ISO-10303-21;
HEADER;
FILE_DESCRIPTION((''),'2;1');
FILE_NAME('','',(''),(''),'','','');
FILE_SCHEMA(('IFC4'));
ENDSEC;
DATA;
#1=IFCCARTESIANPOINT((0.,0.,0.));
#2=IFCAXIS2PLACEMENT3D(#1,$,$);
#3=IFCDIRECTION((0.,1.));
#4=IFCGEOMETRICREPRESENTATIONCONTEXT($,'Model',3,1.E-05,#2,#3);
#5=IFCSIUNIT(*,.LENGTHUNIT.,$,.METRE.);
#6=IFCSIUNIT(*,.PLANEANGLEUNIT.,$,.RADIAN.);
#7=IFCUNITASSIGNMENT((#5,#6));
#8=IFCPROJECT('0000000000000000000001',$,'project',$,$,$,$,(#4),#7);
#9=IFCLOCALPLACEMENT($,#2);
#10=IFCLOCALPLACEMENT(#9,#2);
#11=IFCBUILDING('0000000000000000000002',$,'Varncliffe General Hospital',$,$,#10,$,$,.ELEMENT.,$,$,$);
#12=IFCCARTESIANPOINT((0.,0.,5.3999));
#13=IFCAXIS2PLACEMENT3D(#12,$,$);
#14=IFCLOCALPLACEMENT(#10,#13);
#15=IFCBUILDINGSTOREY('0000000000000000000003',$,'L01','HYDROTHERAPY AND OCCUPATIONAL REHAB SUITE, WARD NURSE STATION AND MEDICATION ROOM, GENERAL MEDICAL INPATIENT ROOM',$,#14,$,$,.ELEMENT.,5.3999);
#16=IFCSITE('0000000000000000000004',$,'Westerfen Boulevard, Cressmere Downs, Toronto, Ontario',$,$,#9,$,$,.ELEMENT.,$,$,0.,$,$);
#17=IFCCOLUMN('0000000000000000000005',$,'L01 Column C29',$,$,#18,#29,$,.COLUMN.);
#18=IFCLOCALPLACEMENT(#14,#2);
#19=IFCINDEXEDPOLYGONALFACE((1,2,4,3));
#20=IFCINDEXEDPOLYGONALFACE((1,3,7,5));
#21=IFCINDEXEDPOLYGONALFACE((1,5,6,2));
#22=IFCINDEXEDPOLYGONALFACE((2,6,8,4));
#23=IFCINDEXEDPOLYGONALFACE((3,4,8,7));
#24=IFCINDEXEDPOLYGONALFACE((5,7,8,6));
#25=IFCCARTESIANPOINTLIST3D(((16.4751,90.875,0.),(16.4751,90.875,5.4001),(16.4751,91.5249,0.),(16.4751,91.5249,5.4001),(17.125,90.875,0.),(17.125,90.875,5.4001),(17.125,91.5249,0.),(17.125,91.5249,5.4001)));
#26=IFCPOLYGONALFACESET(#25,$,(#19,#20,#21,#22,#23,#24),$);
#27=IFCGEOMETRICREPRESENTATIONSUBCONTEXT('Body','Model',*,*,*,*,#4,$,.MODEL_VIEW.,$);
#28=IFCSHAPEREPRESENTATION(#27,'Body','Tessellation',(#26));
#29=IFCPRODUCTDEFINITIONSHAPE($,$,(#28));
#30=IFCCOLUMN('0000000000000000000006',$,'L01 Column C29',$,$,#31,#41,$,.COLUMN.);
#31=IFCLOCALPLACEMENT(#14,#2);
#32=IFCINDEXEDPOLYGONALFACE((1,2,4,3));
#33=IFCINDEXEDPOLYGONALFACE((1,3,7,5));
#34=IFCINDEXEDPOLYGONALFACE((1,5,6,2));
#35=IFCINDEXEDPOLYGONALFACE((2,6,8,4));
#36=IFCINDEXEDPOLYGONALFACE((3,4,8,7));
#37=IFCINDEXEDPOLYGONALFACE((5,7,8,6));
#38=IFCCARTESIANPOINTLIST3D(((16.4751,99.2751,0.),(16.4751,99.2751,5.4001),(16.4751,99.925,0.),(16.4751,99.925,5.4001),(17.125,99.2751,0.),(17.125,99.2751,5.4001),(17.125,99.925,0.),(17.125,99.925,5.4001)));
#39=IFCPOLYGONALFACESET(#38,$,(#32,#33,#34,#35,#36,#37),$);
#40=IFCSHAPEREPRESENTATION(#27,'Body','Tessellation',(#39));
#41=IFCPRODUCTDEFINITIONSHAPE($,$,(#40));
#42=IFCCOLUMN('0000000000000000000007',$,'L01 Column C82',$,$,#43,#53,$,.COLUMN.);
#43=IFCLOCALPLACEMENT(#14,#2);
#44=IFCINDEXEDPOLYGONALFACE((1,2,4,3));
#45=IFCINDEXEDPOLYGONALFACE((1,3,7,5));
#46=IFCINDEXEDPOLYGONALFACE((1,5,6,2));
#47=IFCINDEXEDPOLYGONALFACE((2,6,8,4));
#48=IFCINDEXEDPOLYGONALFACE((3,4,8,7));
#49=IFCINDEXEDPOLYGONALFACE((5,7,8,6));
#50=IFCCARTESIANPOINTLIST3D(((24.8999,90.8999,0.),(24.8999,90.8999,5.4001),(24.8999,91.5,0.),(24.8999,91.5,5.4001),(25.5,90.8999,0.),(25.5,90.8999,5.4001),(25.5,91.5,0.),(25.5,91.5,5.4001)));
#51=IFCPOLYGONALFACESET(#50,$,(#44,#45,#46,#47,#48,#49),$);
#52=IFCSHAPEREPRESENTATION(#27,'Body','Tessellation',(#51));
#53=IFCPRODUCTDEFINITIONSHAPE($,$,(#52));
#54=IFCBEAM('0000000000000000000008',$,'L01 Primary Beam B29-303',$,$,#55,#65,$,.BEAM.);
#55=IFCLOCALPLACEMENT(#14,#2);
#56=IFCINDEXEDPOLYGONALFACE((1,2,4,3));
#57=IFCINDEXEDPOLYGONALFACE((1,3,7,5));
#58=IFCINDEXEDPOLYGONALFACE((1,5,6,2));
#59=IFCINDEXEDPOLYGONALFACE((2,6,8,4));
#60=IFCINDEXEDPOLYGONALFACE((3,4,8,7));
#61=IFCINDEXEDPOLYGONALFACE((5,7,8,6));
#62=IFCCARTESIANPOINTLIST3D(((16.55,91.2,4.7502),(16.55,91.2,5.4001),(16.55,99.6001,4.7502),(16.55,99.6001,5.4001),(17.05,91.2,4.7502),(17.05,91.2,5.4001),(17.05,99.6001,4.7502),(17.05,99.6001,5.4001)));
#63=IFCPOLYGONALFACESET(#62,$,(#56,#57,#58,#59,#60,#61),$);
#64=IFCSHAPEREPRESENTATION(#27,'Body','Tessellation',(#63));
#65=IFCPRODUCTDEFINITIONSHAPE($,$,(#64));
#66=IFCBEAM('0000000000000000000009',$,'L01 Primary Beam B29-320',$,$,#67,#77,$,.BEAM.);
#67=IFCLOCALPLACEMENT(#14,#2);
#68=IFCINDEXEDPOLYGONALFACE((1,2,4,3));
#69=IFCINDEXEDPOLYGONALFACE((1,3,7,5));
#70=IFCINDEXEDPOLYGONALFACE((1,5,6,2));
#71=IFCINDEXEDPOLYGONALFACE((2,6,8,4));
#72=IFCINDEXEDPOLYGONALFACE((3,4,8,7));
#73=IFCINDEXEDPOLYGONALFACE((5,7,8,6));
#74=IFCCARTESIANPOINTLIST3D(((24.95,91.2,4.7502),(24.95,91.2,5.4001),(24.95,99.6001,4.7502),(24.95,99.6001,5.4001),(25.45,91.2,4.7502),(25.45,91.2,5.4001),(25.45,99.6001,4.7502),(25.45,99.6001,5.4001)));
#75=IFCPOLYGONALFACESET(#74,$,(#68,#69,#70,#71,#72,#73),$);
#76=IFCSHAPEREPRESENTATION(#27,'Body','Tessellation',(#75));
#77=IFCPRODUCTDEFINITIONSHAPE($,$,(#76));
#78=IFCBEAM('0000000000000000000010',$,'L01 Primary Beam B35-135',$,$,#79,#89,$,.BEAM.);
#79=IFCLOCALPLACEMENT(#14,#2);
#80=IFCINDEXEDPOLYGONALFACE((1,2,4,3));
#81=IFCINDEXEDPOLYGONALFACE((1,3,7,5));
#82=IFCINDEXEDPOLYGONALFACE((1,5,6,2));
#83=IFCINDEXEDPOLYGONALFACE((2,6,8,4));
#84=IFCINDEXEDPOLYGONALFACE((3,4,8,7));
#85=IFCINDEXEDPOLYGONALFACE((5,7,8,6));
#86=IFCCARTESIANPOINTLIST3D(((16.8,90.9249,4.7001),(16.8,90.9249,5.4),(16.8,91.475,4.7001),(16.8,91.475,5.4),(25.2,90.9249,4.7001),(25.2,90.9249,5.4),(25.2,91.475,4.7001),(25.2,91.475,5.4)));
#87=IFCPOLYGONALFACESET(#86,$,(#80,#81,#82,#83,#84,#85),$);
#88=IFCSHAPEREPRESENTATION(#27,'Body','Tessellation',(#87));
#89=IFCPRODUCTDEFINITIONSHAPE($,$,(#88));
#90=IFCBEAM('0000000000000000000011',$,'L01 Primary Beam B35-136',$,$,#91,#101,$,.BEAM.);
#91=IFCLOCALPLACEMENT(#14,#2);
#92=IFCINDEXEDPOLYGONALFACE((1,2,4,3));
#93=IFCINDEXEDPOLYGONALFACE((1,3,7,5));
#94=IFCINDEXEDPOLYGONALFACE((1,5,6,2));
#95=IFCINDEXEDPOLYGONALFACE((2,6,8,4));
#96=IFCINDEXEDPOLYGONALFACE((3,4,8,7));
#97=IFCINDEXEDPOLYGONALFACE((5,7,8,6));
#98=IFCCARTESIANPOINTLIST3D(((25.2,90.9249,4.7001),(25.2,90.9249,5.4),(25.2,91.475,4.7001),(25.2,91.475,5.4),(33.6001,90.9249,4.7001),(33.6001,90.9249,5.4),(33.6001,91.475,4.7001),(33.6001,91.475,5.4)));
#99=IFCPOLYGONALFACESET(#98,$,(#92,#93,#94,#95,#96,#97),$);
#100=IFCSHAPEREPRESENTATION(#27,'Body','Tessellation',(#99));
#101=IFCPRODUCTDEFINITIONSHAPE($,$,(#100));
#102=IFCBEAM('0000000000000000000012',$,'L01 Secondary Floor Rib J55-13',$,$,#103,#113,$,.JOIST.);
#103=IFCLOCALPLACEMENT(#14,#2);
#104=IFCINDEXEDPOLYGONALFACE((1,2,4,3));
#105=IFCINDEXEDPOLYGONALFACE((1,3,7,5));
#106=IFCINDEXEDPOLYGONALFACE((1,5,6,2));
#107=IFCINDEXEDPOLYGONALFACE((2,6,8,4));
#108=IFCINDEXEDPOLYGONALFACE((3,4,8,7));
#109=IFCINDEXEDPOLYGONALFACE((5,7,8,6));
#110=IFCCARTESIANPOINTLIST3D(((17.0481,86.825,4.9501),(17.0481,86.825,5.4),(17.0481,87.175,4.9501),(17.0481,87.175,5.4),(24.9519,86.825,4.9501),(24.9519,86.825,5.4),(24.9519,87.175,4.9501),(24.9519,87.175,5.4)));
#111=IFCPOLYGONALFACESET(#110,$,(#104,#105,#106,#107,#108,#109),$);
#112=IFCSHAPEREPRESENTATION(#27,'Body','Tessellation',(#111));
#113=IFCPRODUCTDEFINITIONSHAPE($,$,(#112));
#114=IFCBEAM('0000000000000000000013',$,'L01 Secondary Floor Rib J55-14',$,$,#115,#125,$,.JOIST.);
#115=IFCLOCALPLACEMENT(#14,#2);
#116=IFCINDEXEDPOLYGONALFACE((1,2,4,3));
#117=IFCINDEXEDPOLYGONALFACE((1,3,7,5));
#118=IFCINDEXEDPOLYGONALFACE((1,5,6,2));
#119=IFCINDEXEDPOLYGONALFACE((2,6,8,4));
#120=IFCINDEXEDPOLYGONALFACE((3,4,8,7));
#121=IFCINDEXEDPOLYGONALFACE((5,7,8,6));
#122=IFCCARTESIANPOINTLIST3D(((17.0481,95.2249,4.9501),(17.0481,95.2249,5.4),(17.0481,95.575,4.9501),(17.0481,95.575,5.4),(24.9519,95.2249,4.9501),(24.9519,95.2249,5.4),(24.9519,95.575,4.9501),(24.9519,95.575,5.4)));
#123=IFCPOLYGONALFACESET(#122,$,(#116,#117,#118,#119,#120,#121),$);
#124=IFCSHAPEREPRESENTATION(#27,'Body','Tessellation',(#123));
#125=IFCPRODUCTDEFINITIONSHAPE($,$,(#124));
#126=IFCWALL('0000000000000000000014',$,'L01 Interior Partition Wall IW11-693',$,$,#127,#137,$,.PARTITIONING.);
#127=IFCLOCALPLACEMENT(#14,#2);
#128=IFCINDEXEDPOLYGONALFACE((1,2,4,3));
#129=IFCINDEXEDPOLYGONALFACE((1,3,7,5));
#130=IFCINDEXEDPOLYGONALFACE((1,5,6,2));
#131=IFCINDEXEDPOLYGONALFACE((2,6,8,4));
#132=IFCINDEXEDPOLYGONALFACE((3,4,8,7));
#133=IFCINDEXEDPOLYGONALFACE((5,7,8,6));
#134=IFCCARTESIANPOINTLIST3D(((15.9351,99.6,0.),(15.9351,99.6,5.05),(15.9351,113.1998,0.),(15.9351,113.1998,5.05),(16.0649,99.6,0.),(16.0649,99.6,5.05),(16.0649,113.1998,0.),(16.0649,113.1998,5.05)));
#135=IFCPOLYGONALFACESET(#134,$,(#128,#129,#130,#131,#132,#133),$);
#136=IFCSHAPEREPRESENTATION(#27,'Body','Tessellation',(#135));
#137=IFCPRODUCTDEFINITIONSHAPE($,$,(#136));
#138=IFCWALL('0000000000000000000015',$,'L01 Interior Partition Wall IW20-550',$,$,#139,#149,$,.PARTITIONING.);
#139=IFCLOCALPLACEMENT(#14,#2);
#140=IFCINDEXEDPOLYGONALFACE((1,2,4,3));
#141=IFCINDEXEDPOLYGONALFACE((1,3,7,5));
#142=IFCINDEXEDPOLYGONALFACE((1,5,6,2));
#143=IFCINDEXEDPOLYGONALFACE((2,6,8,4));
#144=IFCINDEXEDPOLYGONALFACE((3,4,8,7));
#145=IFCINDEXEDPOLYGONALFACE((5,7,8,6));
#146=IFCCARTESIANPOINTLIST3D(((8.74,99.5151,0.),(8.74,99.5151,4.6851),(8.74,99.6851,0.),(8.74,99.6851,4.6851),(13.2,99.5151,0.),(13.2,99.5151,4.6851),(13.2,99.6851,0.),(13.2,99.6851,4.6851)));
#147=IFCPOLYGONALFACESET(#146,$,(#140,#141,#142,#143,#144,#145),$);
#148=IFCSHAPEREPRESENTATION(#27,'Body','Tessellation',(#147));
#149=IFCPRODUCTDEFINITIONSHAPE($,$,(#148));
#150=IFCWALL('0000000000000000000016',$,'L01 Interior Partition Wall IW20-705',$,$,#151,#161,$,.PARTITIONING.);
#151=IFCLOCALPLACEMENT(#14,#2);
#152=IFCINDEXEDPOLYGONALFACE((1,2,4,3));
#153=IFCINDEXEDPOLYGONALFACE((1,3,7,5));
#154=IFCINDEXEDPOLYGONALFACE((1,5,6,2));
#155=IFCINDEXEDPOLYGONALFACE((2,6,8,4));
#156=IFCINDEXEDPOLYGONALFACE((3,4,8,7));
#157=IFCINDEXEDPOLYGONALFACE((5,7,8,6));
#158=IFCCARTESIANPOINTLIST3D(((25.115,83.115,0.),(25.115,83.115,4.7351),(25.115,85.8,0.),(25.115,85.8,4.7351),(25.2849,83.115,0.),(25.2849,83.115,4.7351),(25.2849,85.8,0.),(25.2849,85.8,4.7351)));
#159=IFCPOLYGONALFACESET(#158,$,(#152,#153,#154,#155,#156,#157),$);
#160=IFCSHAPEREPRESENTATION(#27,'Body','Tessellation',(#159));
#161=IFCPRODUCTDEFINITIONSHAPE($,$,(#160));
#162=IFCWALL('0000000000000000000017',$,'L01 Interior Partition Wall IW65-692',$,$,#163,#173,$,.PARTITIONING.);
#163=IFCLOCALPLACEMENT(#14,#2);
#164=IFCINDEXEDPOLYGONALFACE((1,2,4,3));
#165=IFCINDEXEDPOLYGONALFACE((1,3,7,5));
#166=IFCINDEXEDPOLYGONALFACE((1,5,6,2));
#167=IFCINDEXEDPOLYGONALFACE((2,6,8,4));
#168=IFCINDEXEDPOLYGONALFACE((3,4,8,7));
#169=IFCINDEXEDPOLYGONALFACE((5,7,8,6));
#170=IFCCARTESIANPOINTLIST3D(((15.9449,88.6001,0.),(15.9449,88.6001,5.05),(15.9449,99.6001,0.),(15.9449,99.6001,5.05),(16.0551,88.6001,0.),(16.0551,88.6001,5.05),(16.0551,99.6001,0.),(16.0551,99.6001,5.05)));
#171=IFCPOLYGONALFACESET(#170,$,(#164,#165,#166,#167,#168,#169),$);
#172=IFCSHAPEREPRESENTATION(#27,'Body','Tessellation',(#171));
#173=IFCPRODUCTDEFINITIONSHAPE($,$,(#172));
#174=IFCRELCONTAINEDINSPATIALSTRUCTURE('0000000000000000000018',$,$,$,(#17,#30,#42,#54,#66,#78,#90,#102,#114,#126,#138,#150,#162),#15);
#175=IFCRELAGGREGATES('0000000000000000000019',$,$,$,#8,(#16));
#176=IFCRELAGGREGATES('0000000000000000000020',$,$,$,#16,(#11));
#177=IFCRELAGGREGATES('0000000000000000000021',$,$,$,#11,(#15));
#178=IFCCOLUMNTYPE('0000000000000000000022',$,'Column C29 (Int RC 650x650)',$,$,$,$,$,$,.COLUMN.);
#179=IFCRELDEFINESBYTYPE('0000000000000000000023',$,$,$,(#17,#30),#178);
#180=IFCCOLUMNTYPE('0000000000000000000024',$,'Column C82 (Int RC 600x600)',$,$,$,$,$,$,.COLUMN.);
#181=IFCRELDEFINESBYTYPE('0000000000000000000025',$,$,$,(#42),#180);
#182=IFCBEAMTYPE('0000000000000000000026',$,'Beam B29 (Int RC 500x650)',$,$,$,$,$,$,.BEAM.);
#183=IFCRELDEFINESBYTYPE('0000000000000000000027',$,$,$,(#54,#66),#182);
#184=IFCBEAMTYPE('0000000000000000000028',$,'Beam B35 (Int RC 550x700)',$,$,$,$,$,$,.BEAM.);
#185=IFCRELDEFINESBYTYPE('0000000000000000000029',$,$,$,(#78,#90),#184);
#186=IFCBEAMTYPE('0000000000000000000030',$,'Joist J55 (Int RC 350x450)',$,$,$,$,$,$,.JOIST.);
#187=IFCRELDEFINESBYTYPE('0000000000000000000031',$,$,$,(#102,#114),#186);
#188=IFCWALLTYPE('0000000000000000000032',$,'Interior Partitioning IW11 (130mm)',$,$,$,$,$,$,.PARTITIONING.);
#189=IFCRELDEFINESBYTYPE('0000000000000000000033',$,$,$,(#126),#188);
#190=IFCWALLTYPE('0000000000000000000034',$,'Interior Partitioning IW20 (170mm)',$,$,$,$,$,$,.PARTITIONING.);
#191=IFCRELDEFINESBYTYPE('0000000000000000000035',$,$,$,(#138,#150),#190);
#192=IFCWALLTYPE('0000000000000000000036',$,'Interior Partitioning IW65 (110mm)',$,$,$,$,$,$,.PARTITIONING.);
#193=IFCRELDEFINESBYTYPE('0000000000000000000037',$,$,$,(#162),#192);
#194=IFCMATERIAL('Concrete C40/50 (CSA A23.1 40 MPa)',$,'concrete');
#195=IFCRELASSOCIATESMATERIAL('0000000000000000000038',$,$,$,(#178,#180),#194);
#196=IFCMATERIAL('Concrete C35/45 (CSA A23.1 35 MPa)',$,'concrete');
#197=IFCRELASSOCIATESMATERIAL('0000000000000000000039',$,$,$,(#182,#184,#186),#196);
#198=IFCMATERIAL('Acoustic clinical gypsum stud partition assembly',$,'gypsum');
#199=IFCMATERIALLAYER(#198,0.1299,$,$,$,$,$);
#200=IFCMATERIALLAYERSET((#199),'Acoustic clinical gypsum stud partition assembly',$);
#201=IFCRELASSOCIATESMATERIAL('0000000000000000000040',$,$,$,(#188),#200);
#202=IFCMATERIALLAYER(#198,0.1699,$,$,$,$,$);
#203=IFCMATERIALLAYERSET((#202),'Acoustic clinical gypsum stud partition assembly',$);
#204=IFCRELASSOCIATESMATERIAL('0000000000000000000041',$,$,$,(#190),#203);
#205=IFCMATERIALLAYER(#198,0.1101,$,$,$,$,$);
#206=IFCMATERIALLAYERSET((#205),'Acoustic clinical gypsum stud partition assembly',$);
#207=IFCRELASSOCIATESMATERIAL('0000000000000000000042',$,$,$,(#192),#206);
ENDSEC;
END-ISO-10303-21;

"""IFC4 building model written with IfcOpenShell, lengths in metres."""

from ifc_helpers import new_model, si_unit, direction, frame, frame_2d, origin, origin_2d, place, context, subcontext, project, spatial, rectangle, extrude, material, layer, layer_set, material_profile, profile_set, type_object, element, save


model = new_model("IFC4")

# Units and contexts
model_context = context("Model", 3, precision=1e-05, world=origin(), true_north=direction((0.0, 1.0)))
body_context = subcontext(model_context, "Body", "Model", "MODEL_VIEW")
ifc_project = project(units=[si_unit("LENGTHUNIT", "METRE"), si_unit("PLANEANGLEUNIT", "RADIAN")], contexts=[model_context])

# Site, building, storey
site_placement = place(None, origin())
site = spatial("IfcSite", under=ifc_project, at=site_placement, Name="Westerfen Boulevard, Cressmere Downs, Toronto, Ontario", CompositionType="ELEMENT", RefElevation=0.0)
building_placement = place(site_placement, origin())
building = spatial("IfcBuilding", under=site, at=building_placement, Name="Varncliffe General Hospital", CompositionType="ELEMENT")
storey_placement = place(building_placement, frame((0.0, 0.0, 5.3999)))
storey = spatial("IfcBuildingStorey", under=building, at=storey_placement, Name="L01", Description="HYDROTHERAPY AND OCCUPATIONAL REHAB SUITE, WARD NURSE STATION AND MEDICATION ROOM, GENERAL MEDICAL INPATIENT ROOM", CompositionType="ELEMENT", Elevation=5.3999)

# Columns
ifc_material_1 = material(Name="Concrete C40/50 (CSA A23.1 40 MPa)", Category="concrete")
ifc_material_profile_1 = material_profile(ifc_material_1, rectangle(XDim=0.6499, YDim=0.6499, at=origin_2d()), Name="RC 650x650")
ifc_profile_set_1 = profile_set([ifc_material_profile_1], Name="Concrete C40/50 (CSA A23.1 40 MPa)")
column_type_1 = type_object("IfcColumnType", Name="Column C29 (Int RC 650x650)", PredefinedType="COLUMN", material=ifc_profile_set_1)
for number, where, z_axis, x_axis, name in (
    (1, (16.8, 91.2, 0.0), (0.0, 0.0, 1.0), (1.0, 0.0, 0.0), "L01 Column C29"),
    (2, (16.8, 99.6001, 0.0), (0.0, 0.0, 1.0), (1.0, 0.0, 0.0), "L01 Column C29"),
):
    element("IfcColumn", number, at=place(storey_placement, frame(where, z_axis=z_axis, x_axis=x_axis)), inside=storey, type_object=column_type_1, Name=name, PredefinedType="COLUMN", context=body_context, shape_type="SweptSolid", body=[
        extrude(rectangle(XDim=0.6499, YDim=0.6499, at=origin_2d()), origin(), (0.0, 0.0, 1.0), 5.4001),
    ])
ifc_material_profile_2 = material_profile(ifc_material_1, rectangle(XDim=0.6001, YDim=0.6001, at=origin_2d()), Name="RC 600x600")
ifc_profile_set_2 = profile_set([ifc_material_profile_2], Name="Concrete C40/50 (CSA A23.1 40 MPa)")
column_type_2 = type_object("IfcColumnType", Name="Column C82 (Int RC 600x600)", PredefinedType="COLUMN", material=ifc_profile_set_2)
column_placement = place(storey_placement, frame((25.2, 91.2, 0.0), z_axis=(0.0, 0.0, 1.0), x_axis=(1.0, 0.0, 0.0)))
element("IfcColumn", 3, at=column_placement, inside=storey, type_object=column_type_2, Name="L01 Column C82", PredefinedType="COLUMN", context=body_context, shape_type="SweptSolid", body=[
    extrude(rectangle(XDim=0.6001, YDim=0.6001, at=origin_2d()), origin(), (0.0, 0.0, 1.0), 5.4001),
])

# Beams
ifc_material_2 = material(Name="Concrete C35/45 (CSA A23.1 35 MPa)", Category="concrete")
ifc_material_profile_3 = material_profile(ifc_material_2, rectangle(XDim=0.5, YDim=0.6499, at=origin_2d()), Name="RC 500x650")
ifc_profile_set_3 = profile_set([ifc_material_profile_3], Name="Concrete C35/45 (CSA A23.1 35 MPa)")
beam_type_1 = type_object("IfcBeamType", Name="Beam B29 (Int RC 500x650)", PredefinedType="BEAM", material=ifc_profile_set_3)
for number, where, z_axis, x_axis, name in (
    (4, (16.8, 91.2, 5.0752), (0.0, 1.0, 0.0), (-1.0, 0.0, 0.0), "L01 Primary Beam B29-303"),
    (5, (25.2, 91.2, 5.0752), (0.0, 1.0, 0.0), (-1.0, 0.0, 0.0), "L01 Primary Beam B29-320"),
):
    element("IfcBeam", number, at=place(storey_placement, frame(where, z_axis=z_axis, x_axis=x_axis)), inside=storey, type_object=beam_type_1, Name=name, PredefinedType="BEAM", context=body_context, shape_type="SweptSolid", body=[
        extrude(rectangle(XDim=0.5, YDim=0.6499, at=origin_2d()), origin(), (0.0, 0.0, 1.0), 8.4001),
    ])
ifc_material_profile_4 = material_profile(ifc_material_2, rectangle(XDim=0.55, YDim=0.7, at=origin_2d()), Name="RC 550x700")
ifc_profile_set_4 = profile_set([ifc_material_profile_4], Name="Concrete C35/45 (CSA A23.1 35 MPa)")
beam_type_2 = type_object("IfcBeamType", Name="Beam B35 (Int RC 550x700)", PredefinedType="BEAM", material=ifc_profile_set_4)
beam_1_placement = place(storey_placement, frame((16.8, 91.2, 5.05), z_axis=(1.0, 0.0, 0.0), x_axis=(0.0, 1.0, 0.0)))
element("IfcBeam", 6, at=beam_1_placement, inside=storey, type_object=beam_type_2, Name="L01 Primary Beam B35-135", PredefinedType="BEAM", context=body_context, shape_type="SweptSolid", body=[
    extrude(rectangle(XDim=0.55, YDim=0.7, at=origin_2d()), origin(), (0.0, 0.0, 1.0), 8.3999),
])
beam_2_placement = place(storey_placement, frame((25.2, 91.2, 5.05), z_axis=(1.0, 0.0, 0.0), x_axis=(0.0, 1.0, 0.0)))
element("IfcBeam", 7, at=beam_2_placement, inside=storey, type_object=beam_type_2, Name="L01 Primary Beam B35-136", PredefinedType="BEAM", context=body_context, shape_type="SweptSolid", body=[
    extrude(rectangle(XDim=0.55, YDim=0.7, at=origin_2d()), origin(), (0.0, 0.0, 1.0), 8.4001),
])
ifc_material_profile_5 = material_profile(ifc_material_2, rectangle(XDim=0.3501, YDim=0.45, at=origin_2d()), Name="RC 350x450")
ifc_profile_set_5 = profile_set([ifc_material_profile_5], Name="Concrete C35/45 (CSA A23.1 35 MPa)")
beam_type_3 = type_object("IfcBeamType", Name="Joist J55 (Int RC 350x450)", PredefinedType="JOIST", material=ifc_profile_set_5)
for number, where, z_axis, x_axis, name in (
    (8, (17.0481, 87.0, 5.175), (1.0, 0.0, 0.0), (0.0, 1.0, 0.0), "L01 Secondary Floor Rib J55-13"),
    (9, (17.0481, 95.3999, 5.175), (1.0, 0.0, 0.0), (0.0, 1.0, 0.0), "L01 Secondary Floor Rib J55-14"),
):
    element("IfcBeam", number, at=place(storey_placement, frame(where, z_axis=z_axis, x_axis=x_axis)), inside=storey, type_object=beam_type_3, Name=name, PredefinedType="JOIST", context=body_context, shape_type="SweptSolid", body=[
        extrude(rectangle(XDim=0.3501, YDim=0.45, at=origin_2d()), origin(), (0.0, 0.0, 1.0), 7.9038),
    ])

# Walls
ifc_material_3 = material(Name="Acoustic clinical gypsum stud partition assembly", Category="gypsum")
ifc_layer_1 = layer(ifc_material_3, 0.1299)
ifc_layer_set_1 = layer_set([ifc_layer_1], Name="Acoustic clinical gypsum stud partition assembly")
wall_type_1 = type_object("IfcWallType", Name="Interior Partitioning IW11 (130mm)", PredefinedType="PARTITIONING", material=ifc_layer_set_1)
wall_1_placement = place(storey_placement, frame((16.0, 99.6001, 0.0), z_axis=(0.0, 0.0, 1.0), x_axis=(0.0, 1.0, 0.0)))
element("IfcWall", 10, at=wall_1_placement, inside=storey, type_object=wall_type_1, Name="L01 Interior Partition Wall IW11-693", PredefinedType="PARTITIONING", context=body_context, shape_type="SweptSolid", body=[
    extrude(rectangle(XDim=13.5999, YDim=0.1299, at=frame_2d((6.7998, 0.0))), origin(), (0.0, 0.0, 1.0), 5.05),
])
ifc_layer_2 = layer(ifc_material_3, 0.1699)
ifc_layer_set_2 = layer_set([ifc_layer_2], Name="Acoustic clinical gypsum stud partition assembly")
wall_type_2 = type_object("IfcWallType", Name="Interior Partitioning IW20 (170mm)", PredefinedType="PARTITIONING", material=ifc_layer_set_2)
wall_2_placement = place(storey_placement, frame((8.74, 99.6001, 0.0), z_axis=(0.0, 0.0, 1.0), x_axis=(1.0, 0.0, 0.0)))
element("IfcWall", 11, at=wall_2_placement, inside=storey, type_object=wall_type_2, Name="L01 Interior Partition Wall IW20-550", PredefinedType="PARTITIONING", context=body_context, shape_type="SweptSolid", body=[
    extrude(rectangle(XDim=4.46, YDim=0.1699, at=frame_2d((2.23, 0.0))), origin(), (0.0, 0.0, 1.0), 4.6851),
])
wall_3_placement = place(storey_placement, frame((25.2, 83.115, 0.0), z_axis=(0.0, 0.0, 1.0), x_axis=(0.0, 1.0, 0.0)))
element("IfcWall", 12, at=wall_3_placement, inside=storey, type_object=wall_type_2, Name="L01 Interior Partition Wall IW20-705", PredefinedType="PARTITIONING", context=body_context, shape_type="SweptSolid", body=[
    extrude(rectangle(XDim=2.6851, YDim=0.1699, at=frame_2d((1.3425, 0.0))), origin(), (0.0, 0.0, 1.0), 4.7351),
])
ifc_layer_3 = layer(ifc_material_3, 0.1101)
ifc_layer_set_3 = layer_set([ifc_layer_3], Name="Acoustic clinical gypsum stud partition assembly")
wall_type_3 = type_object("IfcWallType", Name="Interior Partitioning IW65 (110mm)", PredefinedType="PARTITIONING", material=ifc_layer_set_3)
wall_4_placement = place(storey_placement, frame((16.0, 88.6001, 0.0), z_axis=(0.0, 0.0, 1.0), x_axis=(0.0, 1.0, 0.0)))
element("IfcWall", 13, at=wall_4_placement, inside=storey, type_object=wall_type_3, Name="L01 Interior Partition Wall IW65-692", PredefinedType="PARTITIONING", context=body_context, shape_type="SweptSolid", body=[
    extrude(rectangle(XDim=11.0, YDim=0.1101, at=frame_2d((5.5, 0.0))), origin(), (0.0, 0.0, 1.0), 5.05),
])

save(model, "model.ifc")
